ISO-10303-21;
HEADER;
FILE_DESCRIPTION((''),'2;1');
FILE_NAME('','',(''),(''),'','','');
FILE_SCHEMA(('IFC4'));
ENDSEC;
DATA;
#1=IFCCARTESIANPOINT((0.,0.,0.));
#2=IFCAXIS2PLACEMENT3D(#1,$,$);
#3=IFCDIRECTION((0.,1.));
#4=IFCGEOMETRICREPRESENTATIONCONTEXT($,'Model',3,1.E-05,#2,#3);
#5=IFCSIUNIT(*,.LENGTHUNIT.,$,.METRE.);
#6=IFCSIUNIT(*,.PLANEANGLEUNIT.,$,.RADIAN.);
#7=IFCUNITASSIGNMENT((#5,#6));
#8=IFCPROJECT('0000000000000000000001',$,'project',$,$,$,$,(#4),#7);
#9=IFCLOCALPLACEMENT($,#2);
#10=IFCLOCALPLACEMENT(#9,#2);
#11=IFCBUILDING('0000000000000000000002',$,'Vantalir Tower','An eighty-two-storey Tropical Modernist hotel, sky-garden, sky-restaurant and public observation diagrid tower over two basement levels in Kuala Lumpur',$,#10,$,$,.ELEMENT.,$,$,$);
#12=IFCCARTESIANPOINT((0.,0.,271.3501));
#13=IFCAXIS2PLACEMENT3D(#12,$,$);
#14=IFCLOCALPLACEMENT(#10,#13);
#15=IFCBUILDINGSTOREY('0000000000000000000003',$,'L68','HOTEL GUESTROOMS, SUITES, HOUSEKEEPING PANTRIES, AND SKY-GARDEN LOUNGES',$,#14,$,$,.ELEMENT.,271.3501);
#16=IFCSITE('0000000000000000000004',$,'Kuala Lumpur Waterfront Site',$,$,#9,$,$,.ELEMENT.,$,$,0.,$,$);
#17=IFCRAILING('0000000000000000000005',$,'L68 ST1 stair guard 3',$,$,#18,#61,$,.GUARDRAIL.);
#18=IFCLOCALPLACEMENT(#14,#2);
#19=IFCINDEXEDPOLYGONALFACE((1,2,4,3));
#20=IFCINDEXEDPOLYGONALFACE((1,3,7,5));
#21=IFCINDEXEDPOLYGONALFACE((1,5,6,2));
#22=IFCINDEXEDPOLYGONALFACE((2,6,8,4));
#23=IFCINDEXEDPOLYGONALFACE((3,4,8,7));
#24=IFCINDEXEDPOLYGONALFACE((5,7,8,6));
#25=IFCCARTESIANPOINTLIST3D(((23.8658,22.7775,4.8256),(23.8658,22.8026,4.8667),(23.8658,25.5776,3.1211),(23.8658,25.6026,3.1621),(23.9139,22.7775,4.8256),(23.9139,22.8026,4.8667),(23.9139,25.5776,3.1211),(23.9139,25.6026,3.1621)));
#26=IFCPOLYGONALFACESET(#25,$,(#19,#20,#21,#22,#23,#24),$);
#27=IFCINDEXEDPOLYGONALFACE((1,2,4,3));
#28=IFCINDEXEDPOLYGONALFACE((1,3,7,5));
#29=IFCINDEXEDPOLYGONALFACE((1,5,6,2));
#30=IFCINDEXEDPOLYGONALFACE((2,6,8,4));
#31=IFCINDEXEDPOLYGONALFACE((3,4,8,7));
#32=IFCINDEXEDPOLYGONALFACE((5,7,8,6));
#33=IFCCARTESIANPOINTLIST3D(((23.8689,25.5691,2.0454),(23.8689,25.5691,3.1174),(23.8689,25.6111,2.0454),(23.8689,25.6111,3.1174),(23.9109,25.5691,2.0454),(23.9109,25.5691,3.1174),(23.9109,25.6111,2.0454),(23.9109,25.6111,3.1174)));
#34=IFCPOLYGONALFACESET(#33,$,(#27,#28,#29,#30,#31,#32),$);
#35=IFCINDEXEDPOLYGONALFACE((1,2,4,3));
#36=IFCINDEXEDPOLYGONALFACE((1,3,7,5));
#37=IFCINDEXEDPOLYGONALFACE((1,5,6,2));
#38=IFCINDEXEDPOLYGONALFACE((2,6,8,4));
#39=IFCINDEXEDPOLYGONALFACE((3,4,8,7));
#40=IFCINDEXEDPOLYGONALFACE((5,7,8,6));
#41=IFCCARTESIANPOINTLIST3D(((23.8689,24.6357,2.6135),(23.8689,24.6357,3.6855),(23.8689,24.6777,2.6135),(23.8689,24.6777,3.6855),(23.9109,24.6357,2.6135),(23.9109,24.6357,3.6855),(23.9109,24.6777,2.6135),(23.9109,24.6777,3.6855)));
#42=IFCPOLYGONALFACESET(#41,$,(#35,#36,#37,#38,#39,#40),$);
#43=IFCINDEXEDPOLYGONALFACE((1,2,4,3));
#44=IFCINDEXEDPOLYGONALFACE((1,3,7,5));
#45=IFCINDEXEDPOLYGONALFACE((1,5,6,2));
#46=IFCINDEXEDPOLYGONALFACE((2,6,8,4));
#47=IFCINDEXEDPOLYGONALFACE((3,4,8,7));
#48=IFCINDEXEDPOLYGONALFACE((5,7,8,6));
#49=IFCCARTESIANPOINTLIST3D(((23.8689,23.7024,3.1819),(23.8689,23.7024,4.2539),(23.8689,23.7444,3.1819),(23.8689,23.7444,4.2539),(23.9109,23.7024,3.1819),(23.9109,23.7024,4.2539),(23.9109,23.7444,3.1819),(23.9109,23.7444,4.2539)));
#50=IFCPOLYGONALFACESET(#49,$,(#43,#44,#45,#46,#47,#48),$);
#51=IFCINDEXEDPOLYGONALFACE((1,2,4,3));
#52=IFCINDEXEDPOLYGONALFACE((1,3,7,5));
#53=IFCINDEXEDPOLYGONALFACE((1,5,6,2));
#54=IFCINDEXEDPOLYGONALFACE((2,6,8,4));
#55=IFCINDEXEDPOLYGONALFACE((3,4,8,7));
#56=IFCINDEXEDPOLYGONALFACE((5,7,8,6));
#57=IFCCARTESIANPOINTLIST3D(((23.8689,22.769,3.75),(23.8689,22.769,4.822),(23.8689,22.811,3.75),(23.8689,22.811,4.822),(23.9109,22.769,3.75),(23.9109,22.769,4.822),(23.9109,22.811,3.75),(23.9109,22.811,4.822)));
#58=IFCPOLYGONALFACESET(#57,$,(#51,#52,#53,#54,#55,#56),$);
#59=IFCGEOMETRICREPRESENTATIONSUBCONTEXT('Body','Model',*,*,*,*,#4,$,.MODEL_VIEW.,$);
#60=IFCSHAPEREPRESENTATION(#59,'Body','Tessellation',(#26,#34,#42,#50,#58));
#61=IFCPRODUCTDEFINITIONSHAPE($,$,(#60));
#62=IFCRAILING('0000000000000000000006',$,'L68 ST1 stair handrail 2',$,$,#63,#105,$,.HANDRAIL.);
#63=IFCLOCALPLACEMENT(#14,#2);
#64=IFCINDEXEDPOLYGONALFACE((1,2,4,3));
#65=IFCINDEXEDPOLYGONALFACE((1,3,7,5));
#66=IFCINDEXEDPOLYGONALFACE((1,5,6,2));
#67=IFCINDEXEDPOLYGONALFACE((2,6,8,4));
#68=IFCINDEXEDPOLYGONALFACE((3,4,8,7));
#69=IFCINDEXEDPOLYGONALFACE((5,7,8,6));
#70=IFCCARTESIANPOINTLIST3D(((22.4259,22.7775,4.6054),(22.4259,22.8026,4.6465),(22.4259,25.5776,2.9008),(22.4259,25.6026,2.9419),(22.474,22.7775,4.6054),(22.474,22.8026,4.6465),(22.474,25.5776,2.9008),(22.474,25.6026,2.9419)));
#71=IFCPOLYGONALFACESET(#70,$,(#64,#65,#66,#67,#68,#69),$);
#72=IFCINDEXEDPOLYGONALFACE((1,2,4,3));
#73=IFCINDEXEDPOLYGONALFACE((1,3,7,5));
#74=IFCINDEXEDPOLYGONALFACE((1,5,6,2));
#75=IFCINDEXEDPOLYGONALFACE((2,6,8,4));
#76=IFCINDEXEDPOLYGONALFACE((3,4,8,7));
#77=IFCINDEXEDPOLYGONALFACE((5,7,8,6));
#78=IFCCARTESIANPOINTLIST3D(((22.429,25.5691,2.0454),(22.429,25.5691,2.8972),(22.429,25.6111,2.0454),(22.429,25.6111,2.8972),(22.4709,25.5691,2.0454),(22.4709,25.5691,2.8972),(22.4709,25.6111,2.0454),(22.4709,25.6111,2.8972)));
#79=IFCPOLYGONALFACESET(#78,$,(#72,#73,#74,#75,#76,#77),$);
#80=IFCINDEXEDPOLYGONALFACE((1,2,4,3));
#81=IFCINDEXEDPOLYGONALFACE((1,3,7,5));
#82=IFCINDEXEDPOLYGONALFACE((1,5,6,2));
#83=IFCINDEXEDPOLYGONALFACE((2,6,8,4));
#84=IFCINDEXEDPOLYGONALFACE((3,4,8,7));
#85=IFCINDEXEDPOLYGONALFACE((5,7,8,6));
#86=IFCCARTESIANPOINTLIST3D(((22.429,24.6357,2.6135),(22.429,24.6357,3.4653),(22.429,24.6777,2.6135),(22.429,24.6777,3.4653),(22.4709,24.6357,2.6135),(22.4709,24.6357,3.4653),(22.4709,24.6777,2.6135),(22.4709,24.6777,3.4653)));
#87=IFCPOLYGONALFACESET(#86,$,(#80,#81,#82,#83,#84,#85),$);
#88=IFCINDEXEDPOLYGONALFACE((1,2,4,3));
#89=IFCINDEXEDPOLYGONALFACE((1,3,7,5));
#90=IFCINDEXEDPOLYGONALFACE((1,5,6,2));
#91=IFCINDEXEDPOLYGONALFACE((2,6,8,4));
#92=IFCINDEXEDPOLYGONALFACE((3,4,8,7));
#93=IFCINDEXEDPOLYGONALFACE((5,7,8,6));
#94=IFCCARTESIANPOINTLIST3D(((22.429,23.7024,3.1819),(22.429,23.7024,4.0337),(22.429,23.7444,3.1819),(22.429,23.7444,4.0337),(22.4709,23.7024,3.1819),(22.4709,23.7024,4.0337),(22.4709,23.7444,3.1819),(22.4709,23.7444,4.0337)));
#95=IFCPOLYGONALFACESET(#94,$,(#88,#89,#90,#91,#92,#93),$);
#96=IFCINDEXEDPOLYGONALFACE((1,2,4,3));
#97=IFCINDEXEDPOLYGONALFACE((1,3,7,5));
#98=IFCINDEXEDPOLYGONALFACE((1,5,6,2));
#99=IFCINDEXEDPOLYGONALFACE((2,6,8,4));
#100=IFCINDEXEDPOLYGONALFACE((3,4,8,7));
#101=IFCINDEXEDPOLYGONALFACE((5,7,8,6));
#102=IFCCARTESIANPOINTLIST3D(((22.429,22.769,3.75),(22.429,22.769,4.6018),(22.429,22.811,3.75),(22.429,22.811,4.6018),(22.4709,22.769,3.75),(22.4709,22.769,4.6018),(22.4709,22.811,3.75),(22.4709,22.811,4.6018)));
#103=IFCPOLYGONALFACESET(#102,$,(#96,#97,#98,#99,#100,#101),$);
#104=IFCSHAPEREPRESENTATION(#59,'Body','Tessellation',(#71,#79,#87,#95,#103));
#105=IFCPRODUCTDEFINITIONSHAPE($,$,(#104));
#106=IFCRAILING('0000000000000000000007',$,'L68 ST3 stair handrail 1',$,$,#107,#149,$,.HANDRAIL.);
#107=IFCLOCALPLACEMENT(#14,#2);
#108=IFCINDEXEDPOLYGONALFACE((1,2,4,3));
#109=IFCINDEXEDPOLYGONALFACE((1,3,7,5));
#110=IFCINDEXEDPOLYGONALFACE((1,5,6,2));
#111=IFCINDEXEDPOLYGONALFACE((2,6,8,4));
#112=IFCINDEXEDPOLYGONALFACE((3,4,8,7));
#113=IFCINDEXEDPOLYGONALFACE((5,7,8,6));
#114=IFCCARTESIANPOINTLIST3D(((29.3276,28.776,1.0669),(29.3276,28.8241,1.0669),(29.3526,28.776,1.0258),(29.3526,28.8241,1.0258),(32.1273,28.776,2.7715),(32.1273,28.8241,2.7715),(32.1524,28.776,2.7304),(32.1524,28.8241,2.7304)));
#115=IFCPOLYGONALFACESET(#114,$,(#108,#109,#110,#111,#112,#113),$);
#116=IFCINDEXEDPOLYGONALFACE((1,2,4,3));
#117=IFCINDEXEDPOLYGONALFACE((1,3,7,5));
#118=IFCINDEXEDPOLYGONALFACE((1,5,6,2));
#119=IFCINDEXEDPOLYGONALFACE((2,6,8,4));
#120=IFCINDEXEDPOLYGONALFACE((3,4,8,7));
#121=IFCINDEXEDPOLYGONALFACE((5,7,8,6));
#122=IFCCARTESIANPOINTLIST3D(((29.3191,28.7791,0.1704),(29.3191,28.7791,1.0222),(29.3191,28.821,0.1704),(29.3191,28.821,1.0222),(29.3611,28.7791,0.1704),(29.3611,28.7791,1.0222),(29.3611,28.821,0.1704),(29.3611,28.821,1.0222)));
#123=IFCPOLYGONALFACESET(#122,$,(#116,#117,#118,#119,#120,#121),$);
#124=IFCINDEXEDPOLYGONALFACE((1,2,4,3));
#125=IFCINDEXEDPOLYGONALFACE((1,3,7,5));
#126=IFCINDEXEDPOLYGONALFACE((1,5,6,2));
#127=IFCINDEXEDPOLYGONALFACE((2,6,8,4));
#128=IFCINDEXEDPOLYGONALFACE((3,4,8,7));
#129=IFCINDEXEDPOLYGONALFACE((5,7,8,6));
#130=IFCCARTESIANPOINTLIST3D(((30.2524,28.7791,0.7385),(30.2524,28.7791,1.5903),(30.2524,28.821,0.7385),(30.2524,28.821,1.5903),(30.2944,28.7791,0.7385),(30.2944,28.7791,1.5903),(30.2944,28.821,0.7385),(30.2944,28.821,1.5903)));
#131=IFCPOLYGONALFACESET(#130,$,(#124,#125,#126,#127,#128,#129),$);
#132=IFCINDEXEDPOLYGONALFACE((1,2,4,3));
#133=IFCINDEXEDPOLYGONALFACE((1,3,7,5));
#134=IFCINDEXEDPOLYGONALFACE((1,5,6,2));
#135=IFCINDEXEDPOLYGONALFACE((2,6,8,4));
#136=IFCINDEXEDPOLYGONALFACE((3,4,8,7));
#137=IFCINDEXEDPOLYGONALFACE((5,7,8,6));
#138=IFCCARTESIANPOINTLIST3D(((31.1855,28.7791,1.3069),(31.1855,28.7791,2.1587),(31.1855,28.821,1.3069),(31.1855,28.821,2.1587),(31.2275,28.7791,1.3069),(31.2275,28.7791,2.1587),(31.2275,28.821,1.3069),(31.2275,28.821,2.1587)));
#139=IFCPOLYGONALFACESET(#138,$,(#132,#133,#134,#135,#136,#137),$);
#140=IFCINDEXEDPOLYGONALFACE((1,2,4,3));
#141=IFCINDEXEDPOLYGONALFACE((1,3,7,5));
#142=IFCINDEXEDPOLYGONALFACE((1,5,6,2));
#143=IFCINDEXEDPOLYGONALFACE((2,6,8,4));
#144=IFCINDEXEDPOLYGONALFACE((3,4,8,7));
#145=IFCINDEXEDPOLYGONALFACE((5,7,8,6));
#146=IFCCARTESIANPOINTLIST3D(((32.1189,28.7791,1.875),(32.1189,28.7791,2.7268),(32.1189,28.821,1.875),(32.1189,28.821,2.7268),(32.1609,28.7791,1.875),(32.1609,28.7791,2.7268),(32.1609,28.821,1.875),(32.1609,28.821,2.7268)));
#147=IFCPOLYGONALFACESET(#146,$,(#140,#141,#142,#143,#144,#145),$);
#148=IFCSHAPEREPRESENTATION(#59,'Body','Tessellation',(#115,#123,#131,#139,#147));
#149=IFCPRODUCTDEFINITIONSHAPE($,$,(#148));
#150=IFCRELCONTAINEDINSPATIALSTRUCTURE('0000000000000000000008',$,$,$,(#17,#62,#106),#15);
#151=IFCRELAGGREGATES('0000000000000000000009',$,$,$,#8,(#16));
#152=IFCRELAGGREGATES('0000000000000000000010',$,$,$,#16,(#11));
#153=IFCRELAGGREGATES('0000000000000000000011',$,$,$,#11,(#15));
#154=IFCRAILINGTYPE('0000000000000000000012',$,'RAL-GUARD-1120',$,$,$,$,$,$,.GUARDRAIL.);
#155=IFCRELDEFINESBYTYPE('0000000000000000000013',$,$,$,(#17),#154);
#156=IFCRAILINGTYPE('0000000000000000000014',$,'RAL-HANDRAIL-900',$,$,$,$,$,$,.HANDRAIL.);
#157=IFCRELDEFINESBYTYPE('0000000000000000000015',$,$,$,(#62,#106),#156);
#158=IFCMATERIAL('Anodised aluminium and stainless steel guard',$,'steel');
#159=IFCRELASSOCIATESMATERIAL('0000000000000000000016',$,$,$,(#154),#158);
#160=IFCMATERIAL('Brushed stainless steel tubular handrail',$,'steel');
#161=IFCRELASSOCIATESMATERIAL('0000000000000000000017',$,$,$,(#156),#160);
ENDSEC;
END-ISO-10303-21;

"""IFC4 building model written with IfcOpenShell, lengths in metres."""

from ifc_helpers import new_model, si_unit, direction, frame, origin, origin_2d, place, context, subcontext, project, spatial, rectangle, extrude, material, type_object, element, save


model = new_model("IFC4")

# Units and contexts
model_context = context("Model", 3, precision=1e-05, world=origin(), true_north=direction((0.0, 1.0)))
body_context = subcontext(model_context, "Body", "Model", "MODEL_VIEW")
ifc_project = project(units=[si_unit("LENGTHUNIT", "METRE"), si_unit("PLANEANGLEUNIT", "RADIAN")], contexts=[model_context])

# Site, building, storey
site_placement = place(None, origin())
site = spatial("IfcSite", under=ifc_project, at=site_placement, Name="Kuala Lumpur Waterfront Site", CompositionType="ELEMENT", RefElevation=0.0)
building_placement = place(site_placement, origin())
building = spatial("IfcBuilding", under=site, at=building_placement, Name="Vantalir Tower", Description="An eighty-two-storey Tropical Modernist hotel, sky-garden, sky-restaurant and public observation diagrid tower over two basement levels in Kuala Lumpur", CompositionType="ELEMENT")
storey_placement = place(building_placement, frame((0.0, 0.0, 271.3501)))
storey = spatial("IfcBuildingStorey", under=building, at=storey_placement, Name="L68", Description="HOTEL GUESTROOMS, SUITES, HOUSEKEEPING PANTRIES, AND SKY-GARDEN LOUNGES", CompositionType="ELEMENT", Elevation=271.3501)

# Railings
ifc_material_1 = material(Name="Anodised aluminium and stainless steel guard", Category="steel")
railing_type_1 = type_object("IfcRailingType", Name="RAL-GUARD-1120", PredefinedType="GUARDRAIL", material=ifc_material_1)
railing_1_placement = place(storey_placement, frame((23.8899, 25.5901, 2.0454)))
element("IfcRailing", 1, at=railing_1_placement, inside=storey, type_object=railing_type_1, Name="L68 ST1 stair guard 3", PredefinedType="GUARDRAIL", context=body_context, shape_type="SweptSolid", body=[
    extrude(rectangle(XDim=0.0481, YDim=0.0481, at=origin_2d()), frame((0.0, 0.0, 1.0962), z_axis=(0.0, -0.85417, 0.519994), x_axis=(1.0, 0.0, 0.0)), (0.0, 0.0, 1.0), 3.2781),
    extrude(rectangle(XDim=0.042, YDim=0.042, at=origin_2d()), origin(), (0.0, 0.0, 1.0), 1.072),
    extrude(rectangle(XDim=0.042, YDim=0.042, at=origin_2d()), frame((0.0, -0.9333, 0.5681)), (0.0, 0.0, 1.0), 1.072),
    extrude(rectangle(XDim=0.042, YDim=0.042, at=origin_2d()), frame((0.0, -1.8667, 1.1365)), (0.0, 0.0, 1.0), 1.072),
    extrude(rectangle(XDim=0.042, YDim=0.042, at=origin_2d()), frame((0.0, -2.8, 1.7046)), (0.0, 0.0, 1.0), 1.072),
])
ifc_material_2 = material(Name="Brushed stainless steel tubular handrail", Category="steel")
railing_type_2 = type_object("IfcRailingType", Name="RAL-HANDRAIL-900", PredefinedType="HANDRAIL", material=ifc_material_2)
railing_2_placement = place(storey_placement, frame((22.45, 25.5901, 2.0454)))
element("IfcRailing", 2, at=railing_2_placement, inside=storey, type_object=railing_type_2, Name="L68 ST1 stair handrail 2", PredefinedType="HANDRAIL", context=body_context, shape_type="SweptSolid", body=[
    extrude(rectangle(XDim=0.0481, YDim=0.0481, at=origin_2d()), frame((0.0, 0.0, 0.876), z_axis=(0.0, -0.85417, 0.519994), x_axis=(1.0, 0.0, 0.0)), (0.0, 0.0, 1.0), 3.2781),
    extrude(rectangle(XDim=0.042, YDim=0.042, at=origin_2d()), origin(), (0.0, 0.0, 1.0), 0.8518),
    extrude(rectangle(XDim=0.042, YDim=0.042, at=origin_2d()), frame((0.0, -0.9333, 0.5681)), (0.0, 0.0, 1.0), 0.8518),
    extrude(rectangle(XDim=0.042, YDim=0.042, at=origin_2d()), frame((0.0, -1.8667, 1.1365)), (0.0, 0.0, 1.0), 0.8518),
    extrude(rectangle(XDim=0.042, YDim=0.042, at=origin_2d()), frame((0.0, -2.8, 1.7046)), (0.0, 0.0, 1.0), 0.8518),
])
railing_3_placement = place(storey_placement, frame((29.3401, 28.8, 0.1704)))
element("IfcRailing", 3, at=railing_3_placement, inside=storey, type_object=railing_type_2, Name="L68 ST3 stair handrail 1", PredefinedType="HANDRAIL", context=body_context, shape_type="SweptSolid", body=[
    extrude(rectangle(XDim=0.0481, YDim=0.0481, at=origin_2d()), frame((0.0, 0.0, 0.876), z_axis=(0.85415, 0.0, 0.520027), x_axis=(0.0, 1.0, 0.0)), (0.0, 0.0, 1.0), 3.2778),
    extrude(rectangle(XDim=0.042, YDim=0.042, at=origin_2d()), origin(), (0.0, 0.0, 1.0), 0.8518),
    extrude(rectangle(XDim=0.042, YDim=0.042, at=origin_2d()), frame((0.9333, 0.0, 0.5681)), (0.0, 0.0, 1.0), 0.8518),
    extrude(rectangle(XDim=0.042, YDim=0.042, at=origin_2d()), frame((1.8665, 0.0, 1.1365)), (0.0, 0.0, 1.0), 0.8518),
    extrude(rectangle(XDim=0.042, YDim=0.042, at=origin_2d()), frame((2.7998, 0.0, 1.7046)), (0.0, 0.0, 1.0), 0.8518),
])

save(model, "model.ifc")
